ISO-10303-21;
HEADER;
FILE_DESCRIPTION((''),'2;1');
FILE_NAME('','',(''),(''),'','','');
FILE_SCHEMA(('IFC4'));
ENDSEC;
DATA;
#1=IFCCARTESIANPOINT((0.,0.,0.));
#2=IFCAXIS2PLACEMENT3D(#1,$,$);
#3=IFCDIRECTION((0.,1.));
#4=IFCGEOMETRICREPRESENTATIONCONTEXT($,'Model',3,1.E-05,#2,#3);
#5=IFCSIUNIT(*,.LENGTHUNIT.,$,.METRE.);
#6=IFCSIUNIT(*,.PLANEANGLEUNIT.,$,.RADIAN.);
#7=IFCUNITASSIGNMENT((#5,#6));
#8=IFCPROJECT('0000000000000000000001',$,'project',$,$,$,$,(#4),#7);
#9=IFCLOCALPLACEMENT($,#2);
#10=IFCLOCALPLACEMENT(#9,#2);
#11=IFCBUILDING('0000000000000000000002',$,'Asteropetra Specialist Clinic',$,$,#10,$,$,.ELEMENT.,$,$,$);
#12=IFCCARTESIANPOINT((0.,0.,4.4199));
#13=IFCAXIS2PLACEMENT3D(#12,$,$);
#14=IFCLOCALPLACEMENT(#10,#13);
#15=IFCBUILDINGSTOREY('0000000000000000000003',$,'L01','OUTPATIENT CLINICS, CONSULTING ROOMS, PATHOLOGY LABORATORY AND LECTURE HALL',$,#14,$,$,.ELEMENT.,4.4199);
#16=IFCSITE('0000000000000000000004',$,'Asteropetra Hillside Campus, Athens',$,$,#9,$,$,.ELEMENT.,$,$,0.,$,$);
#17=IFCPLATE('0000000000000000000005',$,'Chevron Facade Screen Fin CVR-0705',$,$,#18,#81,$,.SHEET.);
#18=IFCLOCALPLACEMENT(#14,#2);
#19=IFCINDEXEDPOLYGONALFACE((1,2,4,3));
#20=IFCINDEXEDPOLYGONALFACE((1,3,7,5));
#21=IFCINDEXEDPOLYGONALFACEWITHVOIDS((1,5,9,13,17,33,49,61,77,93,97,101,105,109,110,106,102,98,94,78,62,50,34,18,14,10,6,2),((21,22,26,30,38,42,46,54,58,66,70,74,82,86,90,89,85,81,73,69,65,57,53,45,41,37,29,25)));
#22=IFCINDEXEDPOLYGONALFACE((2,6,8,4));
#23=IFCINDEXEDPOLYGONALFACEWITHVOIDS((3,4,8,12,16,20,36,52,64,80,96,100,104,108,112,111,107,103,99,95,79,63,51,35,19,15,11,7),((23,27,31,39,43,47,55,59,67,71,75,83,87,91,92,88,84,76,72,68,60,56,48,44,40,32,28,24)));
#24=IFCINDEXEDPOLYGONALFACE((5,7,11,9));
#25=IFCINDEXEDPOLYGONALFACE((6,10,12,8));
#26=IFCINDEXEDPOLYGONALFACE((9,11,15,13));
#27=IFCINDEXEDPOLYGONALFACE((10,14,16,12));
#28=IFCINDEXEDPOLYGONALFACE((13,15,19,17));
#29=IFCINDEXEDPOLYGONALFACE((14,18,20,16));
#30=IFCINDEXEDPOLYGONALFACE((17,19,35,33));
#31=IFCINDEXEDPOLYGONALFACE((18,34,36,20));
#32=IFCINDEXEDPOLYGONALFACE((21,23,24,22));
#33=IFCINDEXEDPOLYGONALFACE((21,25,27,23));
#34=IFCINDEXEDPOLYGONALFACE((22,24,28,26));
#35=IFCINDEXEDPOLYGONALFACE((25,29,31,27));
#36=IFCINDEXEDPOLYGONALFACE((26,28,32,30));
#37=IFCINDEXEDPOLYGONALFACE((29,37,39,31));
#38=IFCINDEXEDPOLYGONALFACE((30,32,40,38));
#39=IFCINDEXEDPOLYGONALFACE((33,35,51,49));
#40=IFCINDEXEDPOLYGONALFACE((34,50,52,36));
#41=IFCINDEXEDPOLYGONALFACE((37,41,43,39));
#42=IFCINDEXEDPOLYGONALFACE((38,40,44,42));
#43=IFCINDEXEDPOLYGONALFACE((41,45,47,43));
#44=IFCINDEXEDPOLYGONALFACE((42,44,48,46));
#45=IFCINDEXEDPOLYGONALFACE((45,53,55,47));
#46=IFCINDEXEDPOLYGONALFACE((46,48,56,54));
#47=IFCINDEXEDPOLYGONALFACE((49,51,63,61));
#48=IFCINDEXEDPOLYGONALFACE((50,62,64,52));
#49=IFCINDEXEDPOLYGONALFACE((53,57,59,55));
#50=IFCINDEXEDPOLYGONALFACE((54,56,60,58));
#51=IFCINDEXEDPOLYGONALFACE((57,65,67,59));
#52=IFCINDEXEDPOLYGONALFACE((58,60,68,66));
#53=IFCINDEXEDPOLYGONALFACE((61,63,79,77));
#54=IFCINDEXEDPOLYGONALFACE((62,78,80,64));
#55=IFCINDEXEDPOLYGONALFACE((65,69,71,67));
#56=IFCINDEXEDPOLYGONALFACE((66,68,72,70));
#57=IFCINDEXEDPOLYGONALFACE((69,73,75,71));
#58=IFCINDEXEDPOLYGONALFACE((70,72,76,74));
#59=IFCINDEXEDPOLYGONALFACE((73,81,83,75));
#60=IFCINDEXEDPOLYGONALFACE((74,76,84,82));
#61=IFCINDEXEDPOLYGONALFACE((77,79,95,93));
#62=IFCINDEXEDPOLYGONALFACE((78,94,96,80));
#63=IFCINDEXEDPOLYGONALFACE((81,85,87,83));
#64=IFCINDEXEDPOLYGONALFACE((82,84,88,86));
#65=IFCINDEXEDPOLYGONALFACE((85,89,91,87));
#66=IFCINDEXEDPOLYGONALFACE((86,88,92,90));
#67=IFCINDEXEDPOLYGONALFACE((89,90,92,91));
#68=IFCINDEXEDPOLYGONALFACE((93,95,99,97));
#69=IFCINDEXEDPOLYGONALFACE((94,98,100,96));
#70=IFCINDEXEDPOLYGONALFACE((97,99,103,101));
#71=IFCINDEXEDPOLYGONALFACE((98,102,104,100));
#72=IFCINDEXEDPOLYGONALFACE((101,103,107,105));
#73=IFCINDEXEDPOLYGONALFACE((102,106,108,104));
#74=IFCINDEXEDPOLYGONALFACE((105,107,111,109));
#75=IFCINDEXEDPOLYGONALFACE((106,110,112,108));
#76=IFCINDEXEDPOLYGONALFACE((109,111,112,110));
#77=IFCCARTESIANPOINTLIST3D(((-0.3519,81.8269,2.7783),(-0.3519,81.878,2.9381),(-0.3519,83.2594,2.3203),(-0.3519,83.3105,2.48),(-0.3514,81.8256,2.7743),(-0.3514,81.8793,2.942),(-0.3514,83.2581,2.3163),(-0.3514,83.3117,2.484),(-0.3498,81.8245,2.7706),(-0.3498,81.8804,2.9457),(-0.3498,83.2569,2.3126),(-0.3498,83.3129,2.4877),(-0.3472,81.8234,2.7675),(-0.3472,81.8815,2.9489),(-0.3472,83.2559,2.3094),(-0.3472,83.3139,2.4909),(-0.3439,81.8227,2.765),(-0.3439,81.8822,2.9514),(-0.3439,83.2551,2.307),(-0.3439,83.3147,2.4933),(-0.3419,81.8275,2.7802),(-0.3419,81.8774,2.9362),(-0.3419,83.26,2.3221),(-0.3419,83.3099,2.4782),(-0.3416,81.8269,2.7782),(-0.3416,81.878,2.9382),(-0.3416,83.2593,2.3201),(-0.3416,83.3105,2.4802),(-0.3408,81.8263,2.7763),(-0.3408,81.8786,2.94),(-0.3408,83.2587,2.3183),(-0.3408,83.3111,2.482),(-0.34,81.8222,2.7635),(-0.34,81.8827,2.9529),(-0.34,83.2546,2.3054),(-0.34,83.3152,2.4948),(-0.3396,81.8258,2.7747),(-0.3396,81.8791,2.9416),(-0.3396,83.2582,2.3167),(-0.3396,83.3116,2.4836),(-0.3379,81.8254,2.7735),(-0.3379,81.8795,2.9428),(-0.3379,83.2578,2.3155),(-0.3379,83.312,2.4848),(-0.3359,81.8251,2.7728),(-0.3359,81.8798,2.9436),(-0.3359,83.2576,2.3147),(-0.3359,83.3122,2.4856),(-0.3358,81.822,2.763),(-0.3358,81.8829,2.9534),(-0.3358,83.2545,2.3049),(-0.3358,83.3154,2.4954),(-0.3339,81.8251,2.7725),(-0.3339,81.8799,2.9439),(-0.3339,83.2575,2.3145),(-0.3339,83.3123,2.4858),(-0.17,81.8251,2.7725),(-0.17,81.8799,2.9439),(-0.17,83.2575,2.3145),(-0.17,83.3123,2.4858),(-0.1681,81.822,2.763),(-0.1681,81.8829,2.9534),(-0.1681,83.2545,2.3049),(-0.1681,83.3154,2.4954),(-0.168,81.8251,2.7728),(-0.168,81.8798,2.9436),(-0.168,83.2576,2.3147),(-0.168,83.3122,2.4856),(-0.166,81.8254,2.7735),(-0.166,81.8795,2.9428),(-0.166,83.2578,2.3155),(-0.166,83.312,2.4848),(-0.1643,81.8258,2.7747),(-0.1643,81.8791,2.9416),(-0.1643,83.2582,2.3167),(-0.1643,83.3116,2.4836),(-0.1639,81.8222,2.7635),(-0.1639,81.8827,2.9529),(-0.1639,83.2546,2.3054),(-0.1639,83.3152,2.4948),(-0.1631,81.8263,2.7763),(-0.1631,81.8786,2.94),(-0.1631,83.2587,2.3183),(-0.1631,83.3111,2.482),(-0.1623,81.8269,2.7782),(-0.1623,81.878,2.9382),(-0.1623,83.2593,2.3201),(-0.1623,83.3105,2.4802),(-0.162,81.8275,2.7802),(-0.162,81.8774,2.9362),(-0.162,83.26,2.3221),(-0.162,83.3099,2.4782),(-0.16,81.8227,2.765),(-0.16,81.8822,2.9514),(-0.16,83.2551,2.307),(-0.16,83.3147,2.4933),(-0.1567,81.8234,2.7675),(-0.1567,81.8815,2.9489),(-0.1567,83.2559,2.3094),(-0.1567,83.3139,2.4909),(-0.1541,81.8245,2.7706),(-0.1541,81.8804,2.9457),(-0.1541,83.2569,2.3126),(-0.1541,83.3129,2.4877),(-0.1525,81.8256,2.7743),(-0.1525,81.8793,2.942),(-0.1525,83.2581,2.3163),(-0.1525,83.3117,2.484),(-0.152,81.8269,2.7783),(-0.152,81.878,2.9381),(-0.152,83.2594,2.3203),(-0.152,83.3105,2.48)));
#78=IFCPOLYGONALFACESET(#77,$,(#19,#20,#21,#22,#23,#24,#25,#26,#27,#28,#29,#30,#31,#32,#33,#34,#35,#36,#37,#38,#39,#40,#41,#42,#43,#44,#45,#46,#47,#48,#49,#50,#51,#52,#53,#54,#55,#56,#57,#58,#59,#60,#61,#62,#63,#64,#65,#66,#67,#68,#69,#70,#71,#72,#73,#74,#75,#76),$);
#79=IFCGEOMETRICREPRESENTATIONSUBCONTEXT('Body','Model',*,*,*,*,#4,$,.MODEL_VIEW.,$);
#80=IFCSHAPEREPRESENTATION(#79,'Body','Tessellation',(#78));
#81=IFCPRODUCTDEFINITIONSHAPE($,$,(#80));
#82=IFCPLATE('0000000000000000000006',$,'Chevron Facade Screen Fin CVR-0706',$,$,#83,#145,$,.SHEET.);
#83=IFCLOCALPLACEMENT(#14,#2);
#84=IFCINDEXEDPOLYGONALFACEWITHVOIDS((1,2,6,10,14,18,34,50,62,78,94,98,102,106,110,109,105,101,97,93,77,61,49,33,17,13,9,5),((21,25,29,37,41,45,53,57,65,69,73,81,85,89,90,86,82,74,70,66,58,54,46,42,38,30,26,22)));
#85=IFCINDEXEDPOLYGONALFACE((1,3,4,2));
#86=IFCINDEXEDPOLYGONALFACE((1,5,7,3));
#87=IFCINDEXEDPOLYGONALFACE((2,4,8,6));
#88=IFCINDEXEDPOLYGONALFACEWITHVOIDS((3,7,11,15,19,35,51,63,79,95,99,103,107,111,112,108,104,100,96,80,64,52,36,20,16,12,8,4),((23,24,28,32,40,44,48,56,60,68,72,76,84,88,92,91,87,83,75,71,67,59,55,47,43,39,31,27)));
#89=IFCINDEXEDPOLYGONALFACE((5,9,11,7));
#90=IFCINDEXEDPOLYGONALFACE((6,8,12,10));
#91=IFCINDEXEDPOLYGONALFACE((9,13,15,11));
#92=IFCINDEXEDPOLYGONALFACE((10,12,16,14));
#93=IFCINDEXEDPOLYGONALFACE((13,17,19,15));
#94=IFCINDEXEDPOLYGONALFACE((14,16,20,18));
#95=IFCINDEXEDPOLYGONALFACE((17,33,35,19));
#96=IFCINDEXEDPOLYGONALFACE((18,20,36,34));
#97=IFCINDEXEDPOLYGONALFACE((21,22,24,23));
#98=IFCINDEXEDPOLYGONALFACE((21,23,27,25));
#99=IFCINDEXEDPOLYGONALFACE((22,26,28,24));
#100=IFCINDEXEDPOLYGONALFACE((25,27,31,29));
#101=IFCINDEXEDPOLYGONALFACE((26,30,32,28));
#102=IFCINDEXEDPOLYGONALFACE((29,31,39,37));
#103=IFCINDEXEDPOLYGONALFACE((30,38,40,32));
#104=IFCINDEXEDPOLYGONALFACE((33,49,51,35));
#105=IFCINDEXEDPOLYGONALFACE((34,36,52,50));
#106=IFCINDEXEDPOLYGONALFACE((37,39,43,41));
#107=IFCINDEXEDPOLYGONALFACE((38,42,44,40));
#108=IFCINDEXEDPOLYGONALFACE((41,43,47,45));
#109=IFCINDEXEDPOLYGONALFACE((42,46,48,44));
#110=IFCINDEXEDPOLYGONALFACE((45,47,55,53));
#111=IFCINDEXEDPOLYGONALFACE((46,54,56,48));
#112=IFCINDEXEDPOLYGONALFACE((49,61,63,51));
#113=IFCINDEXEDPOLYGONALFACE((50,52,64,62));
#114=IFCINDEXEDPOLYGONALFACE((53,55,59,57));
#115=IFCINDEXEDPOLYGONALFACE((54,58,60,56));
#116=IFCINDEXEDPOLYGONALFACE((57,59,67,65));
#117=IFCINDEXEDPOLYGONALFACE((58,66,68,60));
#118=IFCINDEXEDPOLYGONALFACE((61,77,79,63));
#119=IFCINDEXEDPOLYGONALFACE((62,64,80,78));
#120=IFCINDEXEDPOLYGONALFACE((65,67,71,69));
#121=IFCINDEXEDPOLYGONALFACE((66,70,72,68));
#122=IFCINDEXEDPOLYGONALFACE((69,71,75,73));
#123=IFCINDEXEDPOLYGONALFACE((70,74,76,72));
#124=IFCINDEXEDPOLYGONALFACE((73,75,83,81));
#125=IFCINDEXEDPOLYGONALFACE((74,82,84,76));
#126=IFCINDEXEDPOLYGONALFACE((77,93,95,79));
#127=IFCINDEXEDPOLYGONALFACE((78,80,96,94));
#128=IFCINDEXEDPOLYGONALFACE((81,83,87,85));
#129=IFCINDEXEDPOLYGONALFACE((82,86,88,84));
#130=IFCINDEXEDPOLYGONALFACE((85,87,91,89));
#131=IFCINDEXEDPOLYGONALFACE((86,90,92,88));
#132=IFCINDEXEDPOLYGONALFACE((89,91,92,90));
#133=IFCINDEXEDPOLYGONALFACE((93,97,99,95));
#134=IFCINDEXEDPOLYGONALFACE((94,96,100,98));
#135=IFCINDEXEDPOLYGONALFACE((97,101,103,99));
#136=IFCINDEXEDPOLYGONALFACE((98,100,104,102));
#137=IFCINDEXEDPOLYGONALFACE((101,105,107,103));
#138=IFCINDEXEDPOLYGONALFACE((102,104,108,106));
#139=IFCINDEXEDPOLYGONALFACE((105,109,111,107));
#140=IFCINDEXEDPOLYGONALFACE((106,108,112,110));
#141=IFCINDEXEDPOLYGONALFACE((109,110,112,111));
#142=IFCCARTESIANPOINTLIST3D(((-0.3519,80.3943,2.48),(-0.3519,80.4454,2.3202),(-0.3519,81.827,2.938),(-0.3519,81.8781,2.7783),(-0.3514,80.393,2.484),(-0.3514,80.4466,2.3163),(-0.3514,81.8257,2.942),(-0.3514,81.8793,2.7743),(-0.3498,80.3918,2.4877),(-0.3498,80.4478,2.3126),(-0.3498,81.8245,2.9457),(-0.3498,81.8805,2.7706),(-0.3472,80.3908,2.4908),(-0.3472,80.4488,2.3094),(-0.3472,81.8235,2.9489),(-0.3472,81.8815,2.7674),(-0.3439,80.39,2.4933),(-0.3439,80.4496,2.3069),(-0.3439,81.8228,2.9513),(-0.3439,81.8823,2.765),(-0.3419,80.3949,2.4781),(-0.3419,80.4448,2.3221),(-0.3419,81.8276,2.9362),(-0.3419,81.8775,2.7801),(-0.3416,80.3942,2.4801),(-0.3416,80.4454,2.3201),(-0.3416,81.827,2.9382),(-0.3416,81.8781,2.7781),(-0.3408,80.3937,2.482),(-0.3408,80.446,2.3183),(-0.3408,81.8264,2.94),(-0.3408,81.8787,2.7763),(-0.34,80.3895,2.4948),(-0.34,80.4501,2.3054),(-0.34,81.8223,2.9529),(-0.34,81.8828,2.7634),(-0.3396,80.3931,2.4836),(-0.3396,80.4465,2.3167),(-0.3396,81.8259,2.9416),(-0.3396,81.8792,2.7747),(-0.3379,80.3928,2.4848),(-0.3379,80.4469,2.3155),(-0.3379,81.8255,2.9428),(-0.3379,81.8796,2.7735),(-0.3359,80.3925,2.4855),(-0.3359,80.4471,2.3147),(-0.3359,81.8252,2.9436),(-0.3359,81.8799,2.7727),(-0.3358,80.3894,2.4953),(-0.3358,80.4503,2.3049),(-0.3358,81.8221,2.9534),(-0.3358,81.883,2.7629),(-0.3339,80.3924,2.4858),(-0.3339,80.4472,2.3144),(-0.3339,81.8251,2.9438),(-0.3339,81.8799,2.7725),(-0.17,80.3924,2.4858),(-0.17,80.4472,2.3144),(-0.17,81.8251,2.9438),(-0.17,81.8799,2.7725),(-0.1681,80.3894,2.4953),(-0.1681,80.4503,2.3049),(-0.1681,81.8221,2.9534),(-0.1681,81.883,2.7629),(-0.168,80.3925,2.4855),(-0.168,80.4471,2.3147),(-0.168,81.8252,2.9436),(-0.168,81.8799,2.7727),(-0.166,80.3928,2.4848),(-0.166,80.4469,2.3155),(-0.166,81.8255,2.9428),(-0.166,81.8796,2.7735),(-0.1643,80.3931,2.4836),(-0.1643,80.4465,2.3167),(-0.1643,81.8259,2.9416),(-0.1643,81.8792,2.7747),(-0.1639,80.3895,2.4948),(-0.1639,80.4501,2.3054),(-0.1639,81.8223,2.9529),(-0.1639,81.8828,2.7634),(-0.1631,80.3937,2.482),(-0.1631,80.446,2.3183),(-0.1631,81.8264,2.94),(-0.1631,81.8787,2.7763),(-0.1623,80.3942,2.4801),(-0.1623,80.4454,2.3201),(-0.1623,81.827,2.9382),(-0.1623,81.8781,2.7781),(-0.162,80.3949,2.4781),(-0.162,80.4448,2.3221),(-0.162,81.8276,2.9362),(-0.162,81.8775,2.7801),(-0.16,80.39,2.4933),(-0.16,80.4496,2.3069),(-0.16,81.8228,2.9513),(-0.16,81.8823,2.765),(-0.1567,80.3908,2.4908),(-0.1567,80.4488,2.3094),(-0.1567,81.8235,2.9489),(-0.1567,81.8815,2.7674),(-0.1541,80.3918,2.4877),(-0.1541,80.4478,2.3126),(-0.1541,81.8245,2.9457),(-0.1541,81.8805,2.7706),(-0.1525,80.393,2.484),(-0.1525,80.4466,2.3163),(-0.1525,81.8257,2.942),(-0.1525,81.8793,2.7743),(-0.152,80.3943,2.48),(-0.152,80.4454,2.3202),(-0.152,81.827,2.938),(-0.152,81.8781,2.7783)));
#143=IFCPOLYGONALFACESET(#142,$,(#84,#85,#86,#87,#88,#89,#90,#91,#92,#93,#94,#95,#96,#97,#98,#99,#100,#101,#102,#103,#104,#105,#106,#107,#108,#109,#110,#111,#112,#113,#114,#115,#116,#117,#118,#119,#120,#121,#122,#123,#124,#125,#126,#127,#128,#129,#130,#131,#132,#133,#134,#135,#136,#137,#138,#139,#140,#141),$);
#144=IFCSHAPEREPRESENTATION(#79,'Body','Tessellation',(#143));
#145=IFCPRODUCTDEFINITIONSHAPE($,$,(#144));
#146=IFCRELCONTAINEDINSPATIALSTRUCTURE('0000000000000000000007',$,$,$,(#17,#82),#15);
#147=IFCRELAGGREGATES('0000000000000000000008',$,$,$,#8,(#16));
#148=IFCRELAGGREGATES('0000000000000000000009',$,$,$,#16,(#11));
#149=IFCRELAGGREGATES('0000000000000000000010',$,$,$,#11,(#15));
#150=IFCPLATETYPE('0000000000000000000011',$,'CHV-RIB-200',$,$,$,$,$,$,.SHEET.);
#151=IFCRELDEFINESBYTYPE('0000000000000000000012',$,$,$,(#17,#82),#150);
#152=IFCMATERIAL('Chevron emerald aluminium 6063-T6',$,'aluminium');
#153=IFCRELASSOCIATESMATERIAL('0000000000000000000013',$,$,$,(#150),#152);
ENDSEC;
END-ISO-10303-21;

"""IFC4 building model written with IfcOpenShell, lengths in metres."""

from ifc_helpers import new_model, si_unit, direction, frame, origin, origin_2d, place, context, subcontext, project, spatial, hollow_rectangle, extrude, material, material_profile, profile_set, type_object, element, save


model = new_model("IFC4")

# Units and contexts
model_context = context("Model", 3, precision=1e-05, world=origin(), true_north=direction((0.0, 1.0)))
body_context = subcontext(model_context, "Body", "Model", "MODEL_VIEW")
ifc_project = project(units=[si_unit("LENGTHUNIT", "METRE"), si_unit("PLANEANGLEUNIT", "RADIAN")], contexts=[model_context])

# Site, building, storey
site_placement = place(None, origin())
site = spatial("IfcSite", under=ifc_project, at=site_placement, Name="Asteropetra Hillside Campus, Athens", CompositionType="ELEMENT", RefElevation=0.0)
building_placement = place(site_placement, origin())
building = spatial("IfcBuilding", under=site, at=building_placement, Name="Asteropetra Specialist Clinic", CompositionType="ELEMENT")
storey_placement = place(building_placement, frame((0.0, 0.0, 4.4199)))
storey = spatial("IfcBuildingStorey", under=building, at=storey_placement, Name="L01", Description="OUTPATIENT CLINICS, CONSULTING ROOMS, PATHOLOGY LABORATORY AND LECTURE HALL", CompositionType="ELEMENT", Elevation=4.4199)

# Plates
ifc_material_1 = material(Name="Chevron emerald aluminium 6063-T6", Category="aluminium")
ifc_material_profile_1 = material_profile(ifc_material_1, hollow_rectangle(XDim=0.2, YDim=0.2, WallThickness=0.01, InnerFilletRadius=0.0081, OuterFilletRadius=0.0161, at=origin_2d()), Name="SHS 200x200x10.0")
ifc_profile_set_1 = profile_set([ifc_material_profile_1], Name="Chevron emerald aluminium 6063-T6")
plate_type = type_object("IfcPlateType", Name="CHV-RIB-200", PredefinedType="SHEET", material=ifc_profile_set_1)
plate_1_placement = place(storey_placement, frame((-0.252, 83.2849, 2.4001), z_axis=(0.0, -0.952492, 0.304564), x_axis=(1.0, 0.0, 0.0)))
element("IfcPlate", 1, at=plate_1_placement, inside=storey, type_object=plate_type, Name="Chevron Facade Screen Fin CVR-0705", PredefinedType="SHEET", context=body_context, shape_type="SweptSolid", body=[
    extrude(hollow_rectangle(XDim=0.2, YDim=0.2, WallThickness=0.01, InnerFilletRadius=0.0081, OuterFilletRadius=0.0161, at=origin_2d()), origin(), (0.0, 0.0, 1.0), 1.5039),
])
plate_2_placement = place(storey_placement, frame((-0.252, 81.8525, 2.8582), z_axis=(0.0, -0.952507, -0.304517), x_axis=(1.0, 0.0, 0.0)))
element("IfcPlate", 2, at=plate_2_placement, inside=storey, type_object=plate_type, Name="Chevron Facade Screen Fin CVR-0706", PredefinedType="SHEET", context=body_context, shape_type="SweptSolid", body=[
    extrude(hollow_rectangle(XDim=0.2, YDim=0.2, WallThickness=0.01, InnerFilletRadius=0.0081, OuterFilletRadius=0.0161, at=origin_2d()), origin(), (0.0, 0.0, 1.0), 1.5042),
])

save(model, "model.ifc")
